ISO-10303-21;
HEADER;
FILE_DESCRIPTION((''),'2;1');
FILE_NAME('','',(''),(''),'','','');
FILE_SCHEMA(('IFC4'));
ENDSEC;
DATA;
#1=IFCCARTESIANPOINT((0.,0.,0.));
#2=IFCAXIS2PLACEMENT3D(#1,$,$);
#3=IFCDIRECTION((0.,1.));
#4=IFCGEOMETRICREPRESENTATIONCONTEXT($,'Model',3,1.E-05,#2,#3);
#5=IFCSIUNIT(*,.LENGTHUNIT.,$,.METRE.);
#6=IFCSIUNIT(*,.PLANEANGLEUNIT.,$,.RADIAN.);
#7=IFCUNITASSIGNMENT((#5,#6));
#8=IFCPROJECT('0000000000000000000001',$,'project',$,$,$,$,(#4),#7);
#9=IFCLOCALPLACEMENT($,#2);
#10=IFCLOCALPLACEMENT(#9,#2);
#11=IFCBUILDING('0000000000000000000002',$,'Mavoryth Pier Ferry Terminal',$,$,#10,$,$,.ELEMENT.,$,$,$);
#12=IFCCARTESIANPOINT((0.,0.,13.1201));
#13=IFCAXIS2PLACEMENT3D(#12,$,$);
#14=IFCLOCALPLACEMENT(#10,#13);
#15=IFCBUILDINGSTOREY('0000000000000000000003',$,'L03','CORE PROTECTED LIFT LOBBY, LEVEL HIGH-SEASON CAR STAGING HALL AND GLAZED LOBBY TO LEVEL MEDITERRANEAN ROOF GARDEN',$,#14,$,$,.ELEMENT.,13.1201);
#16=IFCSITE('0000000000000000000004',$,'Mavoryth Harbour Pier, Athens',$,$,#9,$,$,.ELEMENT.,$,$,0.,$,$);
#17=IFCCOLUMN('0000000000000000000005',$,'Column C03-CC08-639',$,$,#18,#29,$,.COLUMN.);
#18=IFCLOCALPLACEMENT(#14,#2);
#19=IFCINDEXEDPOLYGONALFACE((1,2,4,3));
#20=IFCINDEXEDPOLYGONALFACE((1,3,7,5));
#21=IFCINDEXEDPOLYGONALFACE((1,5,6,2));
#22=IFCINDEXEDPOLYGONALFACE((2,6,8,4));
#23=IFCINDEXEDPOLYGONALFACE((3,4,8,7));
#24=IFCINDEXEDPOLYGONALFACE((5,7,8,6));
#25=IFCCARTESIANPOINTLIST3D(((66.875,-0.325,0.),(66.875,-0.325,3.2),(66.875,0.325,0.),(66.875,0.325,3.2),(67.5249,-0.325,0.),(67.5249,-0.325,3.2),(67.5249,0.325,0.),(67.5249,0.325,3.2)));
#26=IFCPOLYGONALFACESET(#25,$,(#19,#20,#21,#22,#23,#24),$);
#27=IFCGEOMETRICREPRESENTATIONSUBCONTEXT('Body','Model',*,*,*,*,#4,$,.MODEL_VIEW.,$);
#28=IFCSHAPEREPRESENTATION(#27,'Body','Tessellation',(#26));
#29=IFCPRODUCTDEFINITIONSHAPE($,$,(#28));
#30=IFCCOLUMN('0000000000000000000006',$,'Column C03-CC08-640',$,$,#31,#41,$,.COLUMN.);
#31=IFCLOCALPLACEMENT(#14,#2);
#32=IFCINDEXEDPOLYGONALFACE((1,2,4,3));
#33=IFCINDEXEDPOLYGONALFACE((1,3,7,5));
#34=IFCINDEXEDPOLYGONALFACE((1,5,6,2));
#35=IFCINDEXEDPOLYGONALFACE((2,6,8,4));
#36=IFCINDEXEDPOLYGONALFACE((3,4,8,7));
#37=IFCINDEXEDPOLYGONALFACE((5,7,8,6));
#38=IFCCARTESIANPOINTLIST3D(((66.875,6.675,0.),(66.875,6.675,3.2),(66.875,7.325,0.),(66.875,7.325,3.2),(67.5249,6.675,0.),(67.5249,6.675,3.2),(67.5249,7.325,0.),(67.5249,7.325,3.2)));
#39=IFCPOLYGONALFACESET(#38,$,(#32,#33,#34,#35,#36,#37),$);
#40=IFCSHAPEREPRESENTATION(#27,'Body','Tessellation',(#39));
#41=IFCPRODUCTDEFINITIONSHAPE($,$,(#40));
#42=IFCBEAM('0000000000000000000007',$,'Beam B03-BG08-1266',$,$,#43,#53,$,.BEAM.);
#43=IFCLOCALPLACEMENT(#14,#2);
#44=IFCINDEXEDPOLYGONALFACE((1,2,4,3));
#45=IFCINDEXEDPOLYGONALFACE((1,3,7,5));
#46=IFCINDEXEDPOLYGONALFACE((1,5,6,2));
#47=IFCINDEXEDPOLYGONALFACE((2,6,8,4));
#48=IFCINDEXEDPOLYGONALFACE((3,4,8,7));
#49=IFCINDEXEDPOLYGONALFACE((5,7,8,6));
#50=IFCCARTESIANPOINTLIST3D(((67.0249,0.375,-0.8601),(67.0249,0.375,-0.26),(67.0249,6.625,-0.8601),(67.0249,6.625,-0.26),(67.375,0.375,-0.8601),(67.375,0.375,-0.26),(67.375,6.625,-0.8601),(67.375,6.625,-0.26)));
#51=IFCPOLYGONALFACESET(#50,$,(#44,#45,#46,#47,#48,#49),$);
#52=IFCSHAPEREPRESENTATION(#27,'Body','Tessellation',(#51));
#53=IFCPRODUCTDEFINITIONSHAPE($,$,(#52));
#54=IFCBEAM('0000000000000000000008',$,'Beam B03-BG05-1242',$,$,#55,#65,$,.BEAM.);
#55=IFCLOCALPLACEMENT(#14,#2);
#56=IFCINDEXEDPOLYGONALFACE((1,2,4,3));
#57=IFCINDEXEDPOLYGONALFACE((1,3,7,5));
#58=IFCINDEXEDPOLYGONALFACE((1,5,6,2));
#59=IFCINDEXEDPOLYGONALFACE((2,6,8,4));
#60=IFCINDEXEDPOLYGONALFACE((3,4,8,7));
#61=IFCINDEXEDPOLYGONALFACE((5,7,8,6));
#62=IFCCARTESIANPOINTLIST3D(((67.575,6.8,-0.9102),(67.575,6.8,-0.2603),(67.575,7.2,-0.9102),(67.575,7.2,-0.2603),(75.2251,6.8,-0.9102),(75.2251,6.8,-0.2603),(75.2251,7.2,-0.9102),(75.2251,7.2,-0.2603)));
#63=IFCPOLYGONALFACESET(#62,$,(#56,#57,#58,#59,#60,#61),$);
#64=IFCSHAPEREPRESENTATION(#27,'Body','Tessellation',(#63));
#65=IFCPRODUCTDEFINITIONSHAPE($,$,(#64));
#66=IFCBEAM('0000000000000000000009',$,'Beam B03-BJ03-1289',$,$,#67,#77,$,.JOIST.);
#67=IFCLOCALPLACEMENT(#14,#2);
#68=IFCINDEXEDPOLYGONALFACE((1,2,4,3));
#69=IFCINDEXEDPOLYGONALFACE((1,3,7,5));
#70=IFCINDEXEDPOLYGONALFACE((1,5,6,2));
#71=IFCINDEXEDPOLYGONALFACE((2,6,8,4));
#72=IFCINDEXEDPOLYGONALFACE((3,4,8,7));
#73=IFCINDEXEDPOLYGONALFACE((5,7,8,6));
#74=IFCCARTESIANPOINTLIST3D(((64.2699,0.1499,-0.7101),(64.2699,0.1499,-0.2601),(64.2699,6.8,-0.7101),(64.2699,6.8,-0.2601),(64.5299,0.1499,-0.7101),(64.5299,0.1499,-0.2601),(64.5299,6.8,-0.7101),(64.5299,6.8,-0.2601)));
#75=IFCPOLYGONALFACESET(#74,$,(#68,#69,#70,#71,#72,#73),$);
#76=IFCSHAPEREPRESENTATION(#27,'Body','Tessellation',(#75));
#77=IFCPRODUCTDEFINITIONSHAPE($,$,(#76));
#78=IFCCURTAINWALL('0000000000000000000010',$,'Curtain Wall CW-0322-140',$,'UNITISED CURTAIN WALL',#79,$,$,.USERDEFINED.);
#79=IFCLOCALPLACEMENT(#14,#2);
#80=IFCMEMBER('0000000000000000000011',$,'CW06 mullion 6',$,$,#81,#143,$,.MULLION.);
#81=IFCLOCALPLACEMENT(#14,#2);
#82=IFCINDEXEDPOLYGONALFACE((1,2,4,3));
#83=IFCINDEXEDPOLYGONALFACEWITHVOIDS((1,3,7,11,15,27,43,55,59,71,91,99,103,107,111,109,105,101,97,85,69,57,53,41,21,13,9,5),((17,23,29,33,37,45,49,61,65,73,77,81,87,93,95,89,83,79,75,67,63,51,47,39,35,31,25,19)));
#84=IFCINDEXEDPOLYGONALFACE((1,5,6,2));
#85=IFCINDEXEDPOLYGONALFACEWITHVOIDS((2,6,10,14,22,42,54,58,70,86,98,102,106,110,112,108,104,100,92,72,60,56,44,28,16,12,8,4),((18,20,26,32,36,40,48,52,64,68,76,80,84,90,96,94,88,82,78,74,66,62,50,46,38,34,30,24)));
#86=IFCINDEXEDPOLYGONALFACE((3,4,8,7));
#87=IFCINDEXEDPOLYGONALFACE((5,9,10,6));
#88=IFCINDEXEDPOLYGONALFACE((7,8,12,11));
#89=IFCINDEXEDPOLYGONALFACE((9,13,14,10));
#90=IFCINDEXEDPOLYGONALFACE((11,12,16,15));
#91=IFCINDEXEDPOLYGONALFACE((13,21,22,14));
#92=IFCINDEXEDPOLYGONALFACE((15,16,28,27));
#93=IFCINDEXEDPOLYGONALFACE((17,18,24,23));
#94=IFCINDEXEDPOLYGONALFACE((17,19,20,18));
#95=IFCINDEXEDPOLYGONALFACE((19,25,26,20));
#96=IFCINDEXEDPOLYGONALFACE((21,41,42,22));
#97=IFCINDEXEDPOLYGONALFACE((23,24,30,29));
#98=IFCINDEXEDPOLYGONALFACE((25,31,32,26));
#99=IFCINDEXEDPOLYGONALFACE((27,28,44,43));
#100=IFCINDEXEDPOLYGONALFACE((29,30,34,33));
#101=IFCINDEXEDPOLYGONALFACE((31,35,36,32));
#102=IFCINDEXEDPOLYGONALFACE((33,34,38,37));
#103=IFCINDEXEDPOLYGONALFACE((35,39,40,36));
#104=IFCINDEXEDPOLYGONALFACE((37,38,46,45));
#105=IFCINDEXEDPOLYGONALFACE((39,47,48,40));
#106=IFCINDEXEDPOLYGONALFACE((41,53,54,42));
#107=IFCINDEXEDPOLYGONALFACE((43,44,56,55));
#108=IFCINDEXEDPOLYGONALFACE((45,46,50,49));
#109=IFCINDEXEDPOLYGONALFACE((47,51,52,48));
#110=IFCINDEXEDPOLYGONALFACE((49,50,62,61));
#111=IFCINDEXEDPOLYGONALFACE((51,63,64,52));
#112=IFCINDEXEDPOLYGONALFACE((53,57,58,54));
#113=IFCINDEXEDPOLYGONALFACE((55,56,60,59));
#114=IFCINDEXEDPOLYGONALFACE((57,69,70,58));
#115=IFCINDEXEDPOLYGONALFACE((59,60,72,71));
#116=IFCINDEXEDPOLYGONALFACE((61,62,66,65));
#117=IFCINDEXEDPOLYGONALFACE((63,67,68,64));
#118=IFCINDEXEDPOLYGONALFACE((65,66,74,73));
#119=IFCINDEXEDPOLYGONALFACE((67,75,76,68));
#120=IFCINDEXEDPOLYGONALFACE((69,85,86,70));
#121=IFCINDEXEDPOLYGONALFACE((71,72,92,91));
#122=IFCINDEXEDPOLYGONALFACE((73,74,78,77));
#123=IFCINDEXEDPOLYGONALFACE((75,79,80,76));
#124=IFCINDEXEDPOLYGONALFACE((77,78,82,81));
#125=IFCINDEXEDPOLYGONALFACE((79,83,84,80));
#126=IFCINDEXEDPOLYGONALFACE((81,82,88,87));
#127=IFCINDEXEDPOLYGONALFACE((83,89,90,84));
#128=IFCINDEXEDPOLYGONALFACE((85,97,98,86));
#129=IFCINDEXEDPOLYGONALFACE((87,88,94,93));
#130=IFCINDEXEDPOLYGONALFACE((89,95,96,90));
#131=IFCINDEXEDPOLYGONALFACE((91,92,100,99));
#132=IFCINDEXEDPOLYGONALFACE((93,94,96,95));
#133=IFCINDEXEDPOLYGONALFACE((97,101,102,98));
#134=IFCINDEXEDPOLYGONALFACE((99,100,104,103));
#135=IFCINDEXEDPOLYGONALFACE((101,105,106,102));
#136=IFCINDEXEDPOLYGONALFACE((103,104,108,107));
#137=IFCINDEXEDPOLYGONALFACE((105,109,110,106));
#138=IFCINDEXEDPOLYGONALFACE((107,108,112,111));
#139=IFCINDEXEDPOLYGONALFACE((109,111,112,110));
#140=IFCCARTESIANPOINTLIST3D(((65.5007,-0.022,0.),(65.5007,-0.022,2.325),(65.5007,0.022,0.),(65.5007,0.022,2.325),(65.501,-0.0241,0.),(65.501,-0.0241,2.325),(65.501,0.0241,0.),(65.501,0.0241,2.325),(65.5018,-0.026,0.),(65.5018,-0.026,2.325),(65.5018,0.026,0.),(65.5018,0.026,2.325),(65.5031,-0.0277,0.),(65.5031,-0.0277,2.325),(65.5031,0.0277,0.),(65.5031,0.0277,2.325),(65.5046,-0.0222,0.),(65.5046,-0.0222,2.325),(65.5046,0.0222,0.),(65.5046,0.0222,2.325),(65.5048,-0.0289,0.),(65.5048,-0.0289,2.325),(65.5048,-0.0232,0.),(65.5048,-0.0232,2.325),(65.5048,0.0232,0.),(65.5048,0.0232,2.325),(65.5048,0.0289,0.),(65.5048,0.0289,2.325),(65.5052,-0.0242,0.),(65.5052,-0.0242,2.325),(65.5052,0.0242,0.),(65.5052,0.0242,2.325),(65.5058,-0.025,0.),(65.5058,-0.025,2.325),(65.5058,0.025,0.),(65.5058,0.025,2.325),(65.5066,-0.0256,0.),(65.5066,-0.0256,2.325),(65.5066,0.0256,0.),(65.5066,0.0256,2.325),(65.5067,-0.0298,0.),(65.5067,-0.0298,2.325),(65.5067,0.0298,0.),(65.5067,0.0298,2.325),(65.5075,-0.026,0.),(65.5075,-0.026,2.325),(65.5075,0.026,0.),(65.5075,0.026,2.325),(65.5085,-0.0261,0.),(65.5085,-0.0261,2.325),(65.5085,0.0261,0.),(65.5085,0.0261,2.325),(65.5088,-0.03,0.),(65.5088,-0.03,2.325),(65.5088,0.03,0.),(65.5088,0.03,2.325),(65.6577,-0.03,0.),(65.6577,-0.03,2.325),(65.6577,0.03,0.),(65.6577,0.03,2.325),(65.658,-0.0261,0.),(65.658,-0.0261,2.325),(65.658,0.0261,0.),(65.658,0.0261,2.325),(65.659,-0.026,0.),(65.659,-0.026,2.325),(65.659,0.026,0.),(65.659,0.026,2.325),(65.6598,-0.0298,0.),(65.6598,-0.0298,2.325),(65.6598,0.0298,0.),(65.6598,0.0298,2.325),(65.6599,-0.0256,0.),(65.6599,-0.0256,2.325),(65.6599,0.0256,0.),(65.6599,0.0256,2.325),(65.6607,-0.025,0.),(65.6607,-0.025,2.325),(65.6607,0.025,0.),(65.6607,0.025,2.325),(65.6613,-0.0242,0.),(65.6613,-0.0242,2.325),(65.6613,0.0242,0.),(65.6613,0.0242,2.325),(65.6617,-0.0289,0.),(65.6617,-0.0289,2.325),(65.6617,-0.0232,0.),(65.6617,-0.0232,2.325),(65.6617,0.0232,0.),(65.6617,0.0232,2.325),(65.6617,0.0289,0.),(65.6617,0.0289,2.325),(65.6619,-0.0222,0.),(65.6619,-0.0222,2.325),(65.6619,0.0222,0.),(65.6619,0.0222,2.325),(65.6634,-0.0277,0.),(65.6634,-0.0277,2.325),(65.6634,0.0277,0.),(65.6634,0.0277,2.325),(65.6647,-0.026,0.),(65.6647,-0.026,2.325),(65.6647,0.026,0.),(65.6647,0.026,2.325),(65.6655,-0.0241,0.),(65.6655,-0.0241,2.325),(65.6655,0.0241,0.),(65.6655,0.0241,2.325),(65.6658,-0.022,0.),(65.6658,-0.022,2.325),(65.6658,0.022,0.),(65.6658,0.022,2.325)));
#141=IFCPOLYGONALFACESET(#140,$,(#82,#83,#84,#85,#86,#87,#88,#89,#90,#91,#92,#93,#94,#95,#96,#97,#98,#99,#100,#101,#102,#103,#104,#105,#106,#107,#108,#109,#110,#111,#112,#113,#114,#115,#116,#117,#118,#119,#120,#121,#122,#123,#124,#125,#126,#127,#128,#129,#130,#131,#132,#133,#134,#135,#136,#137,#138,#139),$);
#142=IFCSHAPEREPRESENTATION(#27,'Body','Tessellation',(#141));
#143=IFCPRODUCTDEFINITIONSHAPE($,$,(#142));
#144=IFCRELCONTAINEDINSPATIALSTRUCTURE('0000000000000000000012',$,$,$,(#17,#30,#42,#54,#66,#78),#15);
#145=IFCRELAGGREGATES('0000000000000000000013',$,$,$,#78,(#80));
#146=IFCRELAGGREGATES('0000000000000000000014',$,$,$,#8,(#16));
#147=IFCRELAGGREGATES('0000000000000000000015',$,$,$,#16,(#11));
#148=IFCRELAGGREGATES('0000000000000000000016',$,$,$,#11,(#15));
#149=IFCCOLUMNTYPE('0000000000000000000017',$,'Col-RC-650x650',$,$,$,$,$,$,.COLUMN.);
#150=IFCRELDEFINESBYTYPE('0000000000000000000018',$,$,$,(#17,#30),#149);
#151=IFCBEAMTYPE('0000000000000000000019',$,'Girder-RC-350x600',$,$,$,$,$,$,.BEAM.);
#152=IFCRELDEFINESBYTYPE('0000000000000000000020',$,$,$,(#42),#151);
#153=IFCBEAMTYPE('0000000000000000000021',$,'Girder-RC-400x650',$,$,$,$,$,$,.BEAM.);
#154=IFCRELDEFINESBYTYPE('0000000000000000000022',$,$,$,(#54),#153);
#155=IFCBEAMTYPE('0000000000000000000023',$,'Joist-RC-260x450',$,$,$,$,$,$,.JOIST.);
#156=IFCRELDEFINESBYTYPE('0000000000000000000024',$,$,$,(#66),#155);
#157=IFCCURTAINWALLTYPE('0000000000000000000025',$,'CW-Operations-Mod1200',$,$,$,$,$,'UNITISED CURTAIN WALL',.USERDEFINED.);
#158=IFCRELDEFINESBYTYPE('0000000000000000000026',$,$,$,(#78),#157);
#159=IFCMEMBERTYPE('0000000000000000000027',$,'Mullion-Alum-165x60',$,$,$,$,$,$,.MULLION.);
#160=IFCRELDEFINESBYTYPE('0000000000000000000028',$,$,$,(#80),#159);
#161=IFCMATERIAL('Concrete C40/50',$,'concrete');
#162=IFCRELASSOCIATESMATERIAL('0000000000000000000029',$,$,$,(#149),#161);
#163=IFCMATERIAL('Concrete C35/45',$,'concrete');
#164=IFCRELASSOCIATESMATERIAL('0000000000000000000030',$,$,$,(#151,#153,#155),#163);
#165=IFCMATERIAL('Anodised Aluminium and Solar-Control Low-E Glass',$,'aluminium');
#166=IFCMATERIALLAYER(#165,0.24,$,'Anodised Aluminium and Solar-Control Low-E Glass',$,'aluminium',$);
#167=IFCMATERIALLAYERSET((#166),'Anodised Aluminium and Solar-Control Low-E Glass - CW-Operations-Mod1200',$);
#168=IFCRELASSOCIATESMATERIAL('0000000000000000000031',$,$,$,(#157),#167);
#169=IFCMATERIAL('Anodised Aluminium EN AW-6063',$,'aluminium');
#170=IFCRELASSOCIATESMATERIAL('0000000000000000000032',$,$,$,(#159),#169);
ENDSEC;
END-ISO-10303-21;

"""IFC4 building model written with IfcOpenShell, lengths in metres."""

from ifc_helpers import new_model, si_unit, direction, frame, origin, origin_2d, place, context, subcontext, project, spatial, rectangle, hollow_rectangle, extrude, material, layer, layer_set, material_profile, profile_set, type_object, element, aggregate, save


model = new_model("IFC4")

# Units and contexts
model_context = context("Model", 3, precision=1e-05, world=origin(), true_north=direction((0.0, 1.0)))
body_context = subcontext(model_context, "Body", "Model", "MODEL_VIEW")
ifc_project = project(units=[si_unit("LENGTHUNIT", "METRE"), si_unit("PLANEANGLEUNIT", "RADIAN")], contexts=[model_context])

# Site, building, storey
site_placement = place(None, origin())
site = spatial("IfcSite", under=ifc_project, at=site_placement, Name="Mavoryth Harbour Pier, Athens", CompositionType="ELEMENT", RefElevation=0.0)
building_placement = place(site_placement, origin())
building = spatial("IfcBuilding", under=site, at=building_placement, Name="Mavoryth Pier Ferry Terminal", CompositionType="ELEMENT")
storey_placement = place(building_placement, frame((0.0, 0.0, 13.1201)))
storey = spatial("IfcBuildingStorey", under=building, at=storey_placement, Name="L03", Description="CORE PROTECTED LIFT LOBBY, LEVEL HIGH-SEASON CAR STAGING HALL AND GLAZED LOBBY TO LEVEL MEDITERRANEAN ROOF GARDEN", CompositionType="ELEMENT", Elevation=13.1201)

# Columns
ifc_material_1 = material(Name="Concrete C40/50", Category="concrete")
ifc_material_profile_1 = material_profile(ifc_material_1, rectangle(XDim=0.6499, YDim=0.6499, at=origin_2d()), Name="RC 650x650", Category="concrete")
ifc_profile_set_1 = profile_set([ifc_material_profile_1], Name="Concrete C40/50 - RC 650x650")
column_type = type_object("IfcColumnType", Name="Col-RC-650x650", PredefinedType="COLUMN", material=ifc_profile_set_1)
for number, where, z_axis, x_axis, name in (
    (1, (67.2, 0.0, 0.0), (0.0, 0.0, 1.0), (1.0, 0.0, 0.0), "Column C03-CC08-639"),
    (2, (67.2, 7.0, 0.0), (0.0, 0.0, 1.0), (1.0, 0.0, 0.0), "Column C03-CC08-640"),
):
    element("IfcColumn", number, at=place(storey_placement, frame(where, z_axis=z_axis, x_axis=x_axis)), inside=storey, type_object=column_type, Name=name, PredefinedType="COLUMN", context=body_context, shape_type="SweptSolid", body=[
        extrude(rectangle(XDim=0.6499, YDim=0.6499, at=origin_2d()), origin(), (0.0, 0.0, 1.0), 3.2),
    ])

# Beams
ifc_material_2 = material(Name="Concrete C35/45", Category="concrete")
ifc_material_profile_2 = material_profile(ifc_material_2, rectangle(XDim=0.3501, YDim=0.6001, at=origin_2d()), Name="RC 350x600", Category="concrete")
ifc_profile_set_2 = profile_set([ifc_material_profile_2], Name="Concrete C35/45 - RC 350x600")
beam_type_1 = type_object("IfcBeamType", Name="Girder-RC-350x600", PredefinedType="BEAM", material=ifc_profile_set_2)
beam_1_placement = place(storey_placement, frame((67.2, 0.375, -0.5601), z_axis=(0.0, 1.0, 0.0), x_axis=(-1.0, 0.0, 0.0)))
element("IfcBeam", 3, at=beam_1_placement, inside=storey, type_object=beam_type_1, Name="Beam B03-BG08-1266", PredefinedType="BEAM", context=body_context, shape_type="SweptSolid", body=[
    extrude(rectangle(XDim=0.3501, YDim=0.6001, at=origin_2d()), origin(), (0.0, 0.0, 1.0), 6.25),
])
ifc_material_profile_3 = material_profile(ifc_material_2, rectangle(XDim=0.3999, YDim=0.6499, at=origin_2d()), Name="RC 400x650", Category="concrete")
ifc_profile_set_3 = profile_set([ifc_material_profile_3], Name="Concrete C35/45 - RC 400x650")
beam_type_2 = type_object("IfcBeamType", Name="Girder-RC-400x650", PredefinedType="BEAM", material=ifc_profile_set_3)
beam_2_placement = place(storey_placement, frame((67.575, 7.0, -0.5852), z_axis=(1.0, 0.0, 0.0), x_axis=(0.0, 1.0, 0.0)))
element("IfcBeam", 4, at=beam_2_placement, inside=storey, type_object=beam_type_2, Name="Beam B03-BG05-1242", PredefinedType="BEAM", context=body_context, shape_type="SweptSolid", body=[
    extrude(rectangle(XDim=0.3999, YDim=0.6499, at=origin_2d()), origin(), (0.0, 0.0, 1.0), 7.6501),
])
ifc_material_profile_4 = material_profile(ifc_material_2, rectangle(XDim=0.26, YDim=0.45, at=origin_2d()), Name="RC 260x450", Category="concrete")
ifc_profile_set_4 = profile_set([ifc_material_profile_4], Name="Concrete C35/45 - RC 260x450")
beam_type_3 = type_object("IfcBeamType", Name="Joist-RC-260x450", PredefinedType="JOIST", material=ifc_profile_set_4)
beam_3_placement = place(storey_placement, frame((64.3999, 0.1499, -0.4851), z_axis=(0.0, 1.0, 0.0), x_axis=(-1.0, 0.0, 0.0)))
element("IfcBeam", 5, at=beam_3_placement, inside=storey, type_object=beam_type_3, Name="Beam B03-BJ03-1289", PredefinedType="JOIST", context=body_context, shape_type="SweptSolid", body=[
    extrude(rectangle(XDim=0.26, YDim=0.45, at=origin_2d()), origin(), (0.0, 0.0, 1.0), 6.6501),
])

# Curtain wall, member
ifc_material_3 = material(Name="Anodised Aluminium and Solar-Control Low-E Glass", Category="aluminium")
ifc_layer_1 = layer(ifc_material_3, 0.24, Name="Anodised Aluminium and Solar-Control Low-E Glass", Category="aluminium")
ifc_layer_set_1 = layer_set([ifc_layer_1], Name="Anodised Aluminium and Solar-Control Low-E Glass - CW-Operations-Mod1200")
curtain_wall_type = type_object("IfcCurtainWallType", Name="CW-Operations-Mod1200", ElementType="UNITISED CURTAIN WALL", PredefinedType="USERDEFINED", material=ifc_layer_set_1)
curtain_wall_1_placement = place(storey_placement, origin())
curtain_wall_1 = element("IfcCurtainWall", 6, at=curtain_wall_1_placement, inside=storey, type_object=curtain_wall_type, Name="Curtain Wall CW-0322-140", ObjectType="UNITISED CURTAIN WALL", PredefinedType="USERDEFINED")
ifc_material_4 = material(Name="Anodised Aluminium EN AW-6063", Category="aluminium")
ifc_material_profile_5 = material_profile(ifc_material_4, hollow_rectangle(XDim=0.0601, YDim=0.165, WallThickness=0.0039, InnerFilletRadius=0.0039, OuterFilletRadius=0.0081, at=origin_2d()), Name="AL-MULL 165x60x4", Category="aluminium")
ifc_profile_set_5 = profile_set([ifc_material_profile_5], Name="Anodised Aluminium EN AW-6063 - AL-MULL 165x60x4")
member_type_1 = type_object("IfcMemberType", Name="Mullion-Alum-165x60", PredefinedType="MULLION", material=ifc_profile_set_5)
member_1_placement = place(storey_placement, frame((65.5833, 0.0, 0.0), z_axis=(0.0, 0.0, 1.0), x_axis=(0.0, 1.0, 0.0)))
member_1 = element("IfcMember", 7, at=member_1_placement, type_object=member_type_1, Name="CW06 mullion 6", PredefinedType="MULLION", context=body_context, shape_type="SweptSolid", body=[
    extrude(hollow_rectangle(XDim=0.0601, YDim=0.165, WallThickness=0.0039, InnerFilletRadius=0.0039, OuterFilletRadius=0.0081, at=origin_2d()), origin(), (0.0, 0.0, 1.0), 2.325),
])

aggregate(curtain_wall_1, [member_1])

save(model, "model.ifc")
